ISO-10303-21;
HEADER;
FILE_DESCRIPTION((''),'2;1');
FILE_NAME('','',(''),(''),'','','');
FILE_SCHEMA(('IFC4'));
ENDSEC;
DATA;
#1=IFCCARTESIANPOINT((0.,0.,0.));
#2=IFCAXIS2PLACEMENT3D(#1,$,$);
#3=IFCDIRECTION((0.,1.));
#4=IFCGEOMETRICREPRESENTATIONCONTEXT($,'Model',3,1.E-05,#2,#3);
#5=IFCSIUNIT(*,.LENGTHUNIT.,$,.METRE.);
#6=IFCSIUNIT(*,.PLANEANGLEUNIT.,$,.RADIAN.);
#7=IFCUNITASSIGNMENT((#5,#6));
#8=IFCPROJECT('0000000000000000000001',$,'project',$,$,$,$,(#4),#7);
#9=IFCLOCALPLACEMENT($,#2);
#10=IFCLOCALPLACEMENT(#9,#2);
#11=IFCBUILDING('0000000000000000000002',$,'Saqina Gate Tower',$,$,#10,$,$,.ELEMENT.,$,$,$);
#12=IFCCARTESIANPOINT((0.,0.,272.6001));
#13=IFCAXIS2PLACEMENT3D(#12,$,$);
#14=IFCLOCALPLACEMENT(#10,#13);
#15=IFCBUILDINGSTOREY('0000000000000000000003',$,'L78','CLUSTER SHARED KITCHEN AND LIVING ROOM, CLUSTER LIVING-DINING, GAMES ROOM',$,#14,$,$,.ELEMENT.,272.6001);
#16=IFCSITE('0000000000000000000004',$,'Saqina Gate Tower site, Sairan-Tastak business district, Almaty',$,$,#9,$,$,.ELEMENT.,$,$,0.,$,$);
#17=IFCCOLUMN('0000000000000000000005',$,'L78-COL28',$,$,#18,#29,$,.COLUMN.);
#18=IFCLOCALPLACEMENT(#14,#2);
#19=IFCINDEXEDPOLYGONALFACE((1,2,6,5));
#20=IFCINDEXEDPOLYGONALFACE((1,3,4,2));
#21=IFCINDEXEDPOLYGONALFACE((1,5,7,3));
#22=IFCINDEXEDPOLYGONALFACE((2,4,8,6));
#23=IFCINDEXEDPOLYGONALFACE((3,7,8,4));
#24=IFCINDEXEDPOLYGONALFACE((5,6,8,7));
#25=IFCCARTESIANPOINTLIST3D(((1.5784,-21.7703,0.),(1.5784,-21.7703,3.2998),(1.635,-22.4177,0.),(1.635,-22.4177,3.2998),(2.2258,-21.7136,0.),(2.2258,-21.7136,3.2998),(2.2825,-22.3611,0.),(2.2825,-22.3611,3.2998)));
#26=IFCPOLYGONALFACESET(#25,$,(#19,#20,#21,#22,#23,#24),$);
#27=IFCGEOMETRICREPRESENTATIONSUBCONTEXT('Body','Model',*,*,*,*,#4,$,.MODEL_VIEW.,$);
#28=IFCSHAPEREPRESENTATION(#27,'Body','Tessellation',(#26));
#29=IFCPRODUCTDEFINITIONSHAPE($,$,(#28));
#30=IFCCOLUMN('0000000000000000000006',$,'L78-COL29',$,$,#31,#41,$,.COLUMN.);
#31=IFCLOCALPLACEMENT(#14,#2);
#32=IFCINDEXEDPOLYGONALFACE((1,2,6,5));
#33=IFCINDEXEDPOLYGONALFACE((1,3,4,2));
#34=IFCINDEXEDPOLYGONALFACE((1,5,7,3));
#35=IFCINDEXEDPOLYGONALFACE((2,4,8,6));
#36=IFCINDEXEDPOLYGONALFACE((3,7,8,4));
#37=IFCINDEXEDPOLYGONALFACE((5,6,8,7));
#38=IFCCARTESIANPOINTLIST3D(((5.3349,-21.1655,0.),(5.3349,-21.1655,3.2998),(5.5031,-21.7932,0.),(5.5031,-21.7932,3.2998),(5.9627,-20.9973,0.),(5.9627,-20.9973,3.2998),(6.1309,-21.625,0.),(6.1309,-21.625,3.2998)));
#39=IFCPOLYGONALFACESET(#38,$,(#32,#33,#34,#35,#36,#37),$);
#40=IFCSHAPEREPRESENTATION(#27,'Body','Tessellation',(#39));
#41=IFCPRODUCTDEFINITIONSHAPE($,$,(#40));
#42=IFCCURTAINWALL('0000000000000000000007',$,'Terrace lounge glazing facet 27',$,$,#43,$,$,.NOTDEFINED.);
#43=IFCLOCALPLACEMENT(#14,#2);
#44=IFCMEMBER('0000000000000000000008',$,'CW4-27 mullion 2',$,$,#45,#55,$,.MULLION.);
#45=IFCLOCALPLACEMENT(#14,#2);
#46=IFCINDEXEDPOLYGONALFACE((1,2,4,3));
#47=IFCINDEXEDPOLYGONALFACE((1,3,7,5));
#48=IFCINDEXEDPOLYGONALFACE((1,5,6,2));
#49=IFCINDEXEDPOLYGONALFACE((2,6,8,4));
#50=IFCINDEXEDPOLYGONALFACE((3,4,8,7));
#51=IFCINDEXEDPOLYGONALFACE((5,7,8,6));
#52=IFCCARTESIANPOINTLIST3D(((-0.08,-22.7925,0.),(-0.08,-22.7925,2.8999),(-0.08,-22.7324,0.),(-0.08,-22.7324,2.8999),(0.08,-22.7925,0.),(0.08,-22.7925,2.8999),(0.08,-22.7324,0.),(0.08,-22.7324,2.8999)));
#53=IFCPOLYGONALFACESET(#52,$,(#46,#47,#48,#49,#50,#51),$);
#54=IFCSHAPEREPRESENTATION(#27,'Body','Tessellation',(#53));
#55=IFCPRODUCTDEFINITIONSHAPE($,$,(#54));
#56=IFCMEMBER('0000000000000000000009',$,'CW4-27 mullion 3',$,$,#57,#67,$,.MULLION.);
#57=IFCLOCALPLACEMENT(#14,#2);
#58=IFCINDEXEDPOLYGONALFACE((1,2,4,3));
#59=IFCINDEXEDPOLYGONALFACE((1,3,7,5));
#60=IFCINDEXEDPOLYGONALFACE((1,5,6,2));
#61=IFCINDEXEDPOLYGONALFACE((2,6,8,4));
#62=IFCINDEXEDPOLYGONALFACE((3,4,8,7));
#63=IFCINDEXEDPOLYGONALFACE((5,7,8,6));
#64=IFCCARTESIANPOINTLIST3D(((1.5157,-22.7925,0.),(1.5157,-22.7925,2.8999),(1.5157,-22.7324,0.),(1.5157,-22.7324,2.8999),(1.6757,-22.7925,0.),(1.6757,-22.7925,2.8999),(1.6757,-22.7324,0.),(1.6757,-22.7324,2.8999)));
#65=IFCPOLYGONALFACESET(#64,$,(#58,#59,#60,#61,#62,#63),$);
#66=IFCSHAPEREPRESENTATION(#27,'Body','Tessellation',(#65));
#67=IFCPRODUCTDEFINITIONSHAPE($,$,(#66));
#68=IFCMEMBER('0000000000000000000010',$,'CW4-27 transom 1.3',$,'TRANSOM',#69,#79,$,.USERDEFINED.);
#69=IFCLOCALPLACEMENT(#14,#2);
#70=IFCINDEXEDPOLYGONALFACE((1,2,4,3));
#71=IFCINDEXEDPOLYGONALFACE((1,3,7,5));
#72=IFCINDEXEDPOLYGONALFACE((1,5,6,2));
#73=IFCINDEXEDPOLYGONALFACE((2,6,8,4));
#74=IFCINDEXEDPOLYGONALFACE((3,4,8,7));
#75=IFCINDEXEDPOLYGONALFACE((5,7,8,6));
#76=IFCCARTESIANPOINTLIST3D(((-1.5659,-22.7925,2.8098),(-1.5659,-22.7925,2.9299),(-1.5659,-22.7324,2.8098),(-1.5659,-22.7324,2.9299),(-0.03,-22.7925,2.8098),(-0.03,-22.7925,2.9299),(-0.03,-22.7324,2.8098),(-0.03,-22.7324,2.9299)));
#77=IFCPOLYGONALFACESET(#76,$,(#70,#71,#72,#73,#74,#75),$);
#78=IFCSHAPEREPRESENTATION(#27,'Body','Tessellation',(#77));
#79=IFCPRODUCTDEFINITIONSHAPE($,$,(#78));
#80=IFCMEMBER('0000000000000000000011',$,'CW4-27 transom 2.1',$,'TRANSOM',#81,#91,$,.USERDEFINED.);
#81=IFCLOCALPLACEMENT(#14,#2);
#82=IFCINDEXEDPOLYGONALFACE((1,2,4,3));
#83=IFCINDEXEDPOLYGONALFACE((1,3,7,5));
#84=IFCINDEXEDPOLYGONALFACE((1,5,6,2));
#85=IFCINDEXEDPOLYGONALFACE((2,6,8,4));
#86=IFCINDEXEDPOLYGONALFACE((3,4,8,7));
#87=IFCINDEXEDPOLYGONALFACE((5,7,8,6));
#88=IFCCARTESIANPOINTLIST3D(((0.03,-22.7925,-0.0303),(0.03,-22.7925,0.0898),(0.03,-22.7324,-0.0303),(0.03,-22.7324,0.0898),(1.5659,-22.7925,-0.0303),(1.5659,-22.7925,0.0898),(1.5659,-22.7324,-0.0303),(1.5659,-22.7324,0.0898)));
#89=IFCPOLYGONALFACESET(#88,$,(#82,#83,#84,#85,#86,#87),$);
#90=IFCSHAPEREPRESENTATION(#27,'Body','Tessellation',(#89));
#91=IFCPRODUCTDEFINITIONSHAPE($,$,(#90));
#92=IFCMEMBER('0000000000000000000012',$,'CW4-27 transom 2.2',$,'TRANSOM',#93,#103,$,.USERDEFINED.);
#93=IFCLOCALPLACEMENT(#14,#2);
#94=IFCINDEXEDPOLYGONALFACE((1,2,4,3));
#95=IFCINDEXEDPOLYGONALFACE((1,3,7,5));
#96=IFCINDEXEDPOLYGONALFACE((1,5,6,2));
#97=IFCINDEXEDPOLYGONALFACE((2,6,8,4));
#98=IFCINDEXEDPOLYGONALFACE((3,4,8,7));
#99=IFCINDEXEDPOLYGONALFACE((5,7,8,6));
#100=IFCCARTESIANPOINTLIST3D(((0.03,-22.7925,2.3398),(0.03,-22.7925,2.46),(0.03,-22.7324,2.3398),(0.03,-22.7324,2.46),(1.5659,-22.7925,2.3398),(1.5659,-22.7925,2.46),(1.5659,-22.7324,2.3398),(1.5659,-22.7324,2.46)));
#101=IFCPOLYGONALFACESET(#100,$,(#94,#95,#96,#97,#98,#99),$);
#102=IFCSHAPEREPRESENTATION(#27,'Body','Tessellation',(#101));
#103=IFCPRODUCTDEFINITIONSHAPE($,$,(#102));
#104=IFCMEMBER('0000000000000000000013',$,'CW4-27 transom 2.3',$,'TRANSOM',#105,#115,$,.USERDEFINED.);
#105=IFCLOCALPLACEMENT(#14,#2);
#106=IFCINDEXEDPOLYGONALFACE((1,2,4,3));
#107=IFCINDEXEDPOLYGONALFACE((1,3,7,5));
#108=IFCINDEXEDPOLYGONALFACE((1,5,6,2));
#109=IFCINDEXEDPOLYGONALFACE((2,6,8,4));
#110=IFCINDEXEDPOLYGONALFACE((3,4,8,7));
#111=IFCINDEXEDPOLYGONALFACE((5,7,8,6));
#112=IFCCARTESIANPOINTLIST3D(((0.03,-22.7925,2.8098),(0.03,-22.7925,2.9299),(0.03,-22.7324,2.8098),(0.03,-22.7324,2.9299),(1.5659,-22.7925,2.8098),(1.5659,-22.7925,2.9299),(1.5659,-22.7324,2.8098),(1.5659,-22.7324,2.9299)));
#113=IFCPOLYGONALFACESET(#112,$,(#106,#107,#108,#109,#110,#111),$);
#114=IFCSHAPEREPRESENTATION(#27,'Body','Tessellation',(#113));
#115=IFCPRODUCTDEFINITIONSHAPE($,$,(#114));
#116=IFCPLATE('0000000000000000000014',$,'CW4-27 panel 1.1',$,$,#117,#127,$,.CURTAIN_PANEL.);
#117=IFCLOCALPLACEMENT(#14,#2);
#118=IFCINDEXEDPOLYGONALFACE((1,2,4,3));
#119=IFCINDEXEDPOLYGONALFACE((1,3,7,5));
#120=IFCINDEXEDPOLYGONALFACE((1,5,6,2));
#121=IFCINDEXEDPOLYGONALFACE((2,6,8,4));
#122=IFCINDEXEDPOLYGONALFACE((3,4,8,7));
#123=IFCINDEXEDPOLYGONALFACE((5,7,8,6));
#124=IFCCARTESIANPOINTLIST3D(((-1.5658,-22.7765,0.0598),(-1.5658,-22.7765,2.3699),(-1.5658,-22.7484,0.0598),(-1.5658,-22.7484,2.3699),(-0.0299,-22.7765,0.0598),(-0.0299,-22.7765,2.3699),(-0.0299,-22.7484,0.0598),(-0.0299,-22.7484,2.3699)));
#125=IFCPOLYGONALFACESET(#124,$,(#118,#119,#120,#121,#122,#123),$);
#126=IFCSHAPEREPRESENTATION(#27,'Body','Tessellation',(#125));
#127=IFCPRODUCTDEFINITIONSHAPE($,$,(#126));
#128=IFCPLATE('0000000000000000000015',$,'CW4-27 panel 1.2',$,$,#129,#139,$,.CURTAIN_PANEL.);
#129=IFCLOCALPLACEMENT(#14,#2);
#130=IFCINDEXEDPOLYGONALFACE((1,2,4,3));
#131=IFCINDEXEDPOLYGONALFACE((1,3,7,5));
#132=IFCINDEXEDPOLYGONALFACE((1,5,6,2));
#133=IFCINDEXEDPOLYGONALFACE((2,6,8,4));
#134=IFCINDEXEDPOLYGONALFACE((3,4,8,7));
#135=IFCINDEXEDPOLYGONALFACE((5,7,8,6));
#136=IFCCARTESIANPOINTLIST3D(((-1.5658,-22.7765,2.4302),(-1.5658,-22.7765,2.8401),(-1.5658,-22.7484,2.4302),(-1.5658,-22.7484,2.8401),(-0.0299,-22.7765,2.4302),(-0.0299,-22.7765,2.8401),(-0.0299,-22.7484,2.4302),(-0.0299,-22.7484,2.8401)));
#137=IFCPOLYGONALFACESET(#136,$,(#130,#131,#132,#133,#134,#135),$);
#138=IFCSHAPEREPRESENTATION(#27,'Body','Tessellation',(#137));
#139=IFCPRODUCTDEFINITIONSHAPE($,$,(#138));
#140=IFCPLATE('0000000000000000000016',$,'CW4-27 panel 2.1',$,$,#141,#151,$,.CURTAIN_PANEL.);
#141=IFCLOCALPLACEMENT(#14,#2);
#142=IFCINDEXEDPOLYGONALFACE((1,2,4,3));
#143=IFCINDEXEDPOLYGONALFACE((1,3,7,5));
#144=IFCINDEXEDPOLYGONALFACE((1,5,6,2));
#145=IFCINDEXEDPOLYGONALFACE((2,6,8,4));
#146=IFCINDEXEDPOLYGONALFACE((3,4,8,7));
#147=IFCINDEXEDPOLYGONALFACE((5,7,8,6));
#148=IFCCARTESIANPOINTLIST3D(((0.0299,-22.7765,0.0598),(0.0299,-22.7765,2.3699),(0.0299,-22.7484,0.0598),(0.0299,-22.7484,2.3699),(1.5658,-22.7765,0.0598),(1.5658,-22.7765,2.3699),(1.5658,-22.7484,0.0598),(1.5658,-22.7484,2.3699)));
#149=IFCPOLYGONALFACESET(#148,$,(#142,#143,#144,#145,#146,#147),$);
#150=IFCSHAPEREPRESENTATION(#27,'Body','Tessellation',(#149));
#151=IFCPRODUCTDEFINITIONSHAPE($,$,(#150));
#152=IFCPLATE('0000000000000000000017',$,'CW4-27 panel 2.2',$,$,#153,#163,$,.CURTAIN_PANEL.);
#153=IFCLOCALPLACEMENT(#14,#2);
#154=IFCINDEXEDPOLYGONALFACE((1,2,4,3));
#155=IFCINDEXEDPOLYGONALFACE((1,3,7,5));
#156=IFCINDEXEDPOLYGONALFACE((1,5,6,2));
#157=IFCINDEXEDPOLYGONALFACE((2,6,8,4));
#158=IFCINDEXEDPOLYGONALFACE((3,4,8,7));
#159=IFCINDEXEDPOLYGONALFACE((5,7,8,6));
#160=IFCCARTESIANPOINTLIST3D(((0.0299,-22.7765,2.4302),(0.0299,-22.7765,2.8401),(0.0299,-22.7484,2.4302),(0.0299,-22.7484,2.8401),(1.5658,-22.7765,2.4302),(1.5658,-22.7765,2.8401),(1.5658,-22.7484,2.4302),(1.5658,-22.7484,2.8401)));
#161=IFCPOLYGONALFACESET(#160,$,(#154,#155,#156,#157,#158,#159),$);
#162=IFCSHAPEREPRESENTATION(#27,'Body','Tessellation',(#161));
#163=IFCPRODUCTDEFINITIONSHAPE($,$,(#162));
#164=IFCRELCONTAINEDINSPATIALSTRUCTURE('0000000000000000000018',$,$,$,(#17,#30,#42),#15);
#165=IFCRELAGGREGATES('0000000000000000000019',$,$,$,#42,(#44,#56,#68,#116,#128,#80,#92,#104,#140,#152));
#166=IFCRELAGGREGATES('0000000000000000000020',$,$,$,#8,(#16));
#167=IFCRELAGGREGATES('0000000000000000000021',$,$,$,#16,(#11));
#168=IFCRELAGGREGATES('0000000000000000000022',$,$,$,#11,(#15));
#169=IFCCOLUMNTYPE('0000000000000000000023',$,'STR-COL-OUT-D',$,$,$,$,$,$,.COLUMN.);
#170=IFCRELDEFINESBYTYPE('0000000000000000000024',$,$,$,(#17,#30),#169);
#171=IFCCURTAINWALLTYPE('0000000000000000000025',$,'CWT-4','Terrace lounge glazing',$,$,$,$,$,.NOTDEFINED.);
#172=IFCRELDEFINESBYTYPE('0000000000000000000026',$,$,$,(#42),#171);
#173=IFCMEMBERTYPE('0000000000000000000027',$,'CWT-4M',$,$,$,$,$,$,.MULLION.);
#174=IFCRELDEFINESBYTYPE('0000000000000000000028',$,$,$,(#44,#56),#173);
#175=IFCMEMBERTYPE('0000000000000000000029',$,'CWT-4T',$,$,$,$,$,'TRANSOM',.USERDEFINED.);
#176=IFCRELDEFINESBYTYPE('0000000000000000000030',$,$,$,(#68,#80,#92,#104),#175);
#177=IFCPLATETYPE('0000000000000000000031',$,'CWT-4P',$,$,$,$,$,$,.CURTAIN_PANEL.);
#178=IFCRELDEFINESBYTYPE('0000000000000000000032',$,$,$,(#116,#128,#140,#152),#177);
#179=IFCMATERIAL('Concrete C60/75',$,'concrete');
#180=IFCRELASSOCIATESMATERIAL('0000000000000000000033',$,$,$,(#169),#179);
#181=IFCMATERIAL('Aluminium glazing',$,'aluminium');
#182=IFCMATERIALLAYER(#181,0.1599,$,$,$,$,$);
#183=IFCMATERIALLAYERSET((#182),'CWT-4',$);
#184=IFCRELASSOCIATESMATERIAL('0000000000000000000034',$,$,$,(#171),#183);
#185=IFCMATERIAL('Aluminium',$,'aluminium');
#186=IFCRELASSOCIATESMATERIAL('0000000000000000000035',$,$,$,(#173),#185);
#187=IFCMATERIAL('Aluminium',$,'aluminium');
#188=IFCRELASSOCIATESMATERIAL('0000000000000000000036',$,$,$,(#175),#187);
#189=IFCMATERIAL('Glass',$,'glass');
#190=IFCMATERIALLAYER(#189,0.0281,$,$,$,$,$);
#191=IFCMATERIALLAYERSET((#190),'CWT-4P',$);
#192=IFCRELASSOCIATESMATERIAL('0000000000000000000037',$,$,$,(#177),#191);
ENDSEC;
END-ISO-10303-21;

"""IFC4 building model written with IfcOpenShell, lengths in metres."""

from ifc_helpers import new_model, si_unit, direction, frame, origin, origin_2d, place, context, subcontext, project, spatial, rectangle, extrude, material, layer, layer_set, material_profile, profile_set, type_object, element, aggregate, save


model = new_model("IFC4")

# Units and contexts
model_context = context("Model", 3, precision=1e-05, world=origin(), true_north=direction((0.0, 1.0)))
body_context = subcontext(model_context, "Body", "Model", "MODEL_VIEW")
ifc_project = project(units=[si_unit("LENGTHUNIT", "METRE"), si_unit("PLANEANGLEUNIT", "RADIAN")], contexts=[model_context])

# Site, building, storey
site_placement = place(None, origin())
site = spatial("IfcSite", under=ifc_project, at=site_placement, Name="Saqina Gate Tower site, Sairan-Tastak business district, Almaty", CompositionType="ELEMENT", RefElevation=0.0)
building_placement = place(site_placement, origin())
building = spatial("IfcBuilding", under=site, at=building_placement, Name="Saqina Gate Tower", CompositionType="ELEMENT")
storey_placement = place(building_placement, frame((0.0, 0.0, 272.6001)))
storey = spatial("IfcBuildingStorey", under=building, at=storey_placement, Name="L78", Description="CLUSTER SHARED KITCHEN AND LIVING ROOM, CLUSTER LIVING-DINING, GAMES ROOM", CompositionType="ELEMENT", Elevation=272.6001)

# Columns
ifc_material_1 = material(Name="Concrete C60/75", Category="concrete")
ifc_material_profile_1 = material_profile(ifc_material_1, rectangle(XDim=0.6499, YDim=0.6499, at=origin_2d()), Name="RC 650x650")
ifc_profile_set_1 = profile_set([ifc_material_profile_1], Name="Concrete C60/75")
column_type = type_object("IfcColumnType", Name="STR-COL-OUT-D", PredefinedType="COLUMN", material=ifc_profile_set_1)
for number, where, z_axis, x_axis, name in (
    (1, (1.9304, -22.0657, 0.0), (0.0, 0.0, 1.0), (0.087156, -0.996195, 0.0), "L78-COL28"),
    (2, (5.7329, -21.3953, 0.0), (0.0, 0.0, 1.0), (0.258819, -0.965926, 0.0), "L78-COL29"),
):
    element("IfcColumn", number, at=place(storey_placement, frame(where, z_axis=z_axis, x_axis=x_axis)), inside=storey, type_object=column_type, Name=name, PredefinedType="COLUMN", context=body_context, shape_type="SweptSolid", body=[
        extrude(rectangle(XDim=0.6499, YDim=0.6499, at=origin_2d()), origin(), (0.0, 0.0, 1.0), 3.2998),
    ])

# Curtain wall, members, plates
ifc_material_2 = material(Name="Aluminium glazing", Category="aluminium")
ifc_layer_1 = layer(ifc_material_2, 0.1599)
ifc_layer_set_1 = layer_set([ifc_layer_1], Name="CWT-4")
curtain_wall_type = type_object("IfcCurtainWallType", Name="CWT-4", Description="Terrace lounge glazing", PredefinedType="NOTDEFINED", material=ifc_layer_set_1)
curtain_wall_placement = place(storey_placement, origin())
curtain_wall = element("IfcCurtainWall", 3, at=curtain_wall_placement, inside=storey, type_object=curtain_wall_type, Name="Terrace lounge glazing facet 27", PredefinedType="NOTDEFINED")
ifc_material_3 = material(Name="Aluminium", Category="aluminium")
ifc_material_profile_2 = material_profile(ifc_material_3, rectangle(XDim=0.0601, YDim=0.1599, at=origin_2d()), Name="Aluminium 60x160")
ifc_profile_set_2 = profile_set([ifc_material_profile_2], Name="Aluminium")
member_type_1 = type_object("IfcMemberType", Name="CWT-4M", PredefinedType="MULLION", material=ifc_profile_set_2)
member_1_placement = place(storey_placement, frame((0.0, -22.7625, 0.0), z_axis=(0.0, 0.0, 1.0), x_axis=(0.0, 1.0, 0.0)))
member_1 = element("IfcMember", 4, at=member_1_placement, type_object=member_type_1, Name="CW4-27 mullion 2", PredefinedType="MULLION", context=body_context, shape_type="SweptSolid", body=[
    extrude(rectangle(XDim=0.0601, YDim=0.1599, at=origin_2d()), origin(), (0.0, 0.0, 1.0), 2.8999),
])
member_2_placement = place(storey_placement, frame((1.5957, -22.7625, 0.0), z_axis=(0.0, 0.0, 1.0), x_axis=(0.0, 1.0, 0.0)))
member_2 = element("IfcMember", 5, at=member_2_placement, type_object=member_type_1, Name="CW4-27 mullion 3", PredefinedType="MULLION", context=body_context, shape_type="SweptSolid", body=[
    extrude(rectangle(XDim=0.0601, YDim=0.1599, at=origin_2d()), origin(), (0.0, 0.0, 1.0), 2.8999),
])
ifc_material_4 = material(Name="Aluminium", Category="aluminium")
ifc_material_profile_3 = material_profile(ifc_material_4, rectangle(XDim=0.0601, YDim=0.1201, at=origin_2d()), Name="Aluminium 60x120")
ifc_profile_set_3 = profile_set([ifc_material_profile_3], Name="Aluminium")
member_type_2 = type_object("IfcMemberType", Name="CWT-4T", ElementType="TRANSOM", PredefinedType="USERDEFINED", material=ifc_profile_set_3)
member_3_placement = place(storey_placement, frame((-1.5659, -22.7625, 2.8699), z_axis=(1.0, 0.0, 0.0), x_axis=(0.0, 1.0, 0.0)))
member_3 = element("IfcMember", 6, at=member_3_placement, type_object=member_type_2, Name="CW4-27 transom 1.3", ObjectType="TRANSOM", PredefinedType="USERDEFINED", context=body_context, shape_type="SweptSolid", body=[
    extrude(rectangle(XDim=0.0601, YDim=0.1201, at=origin_2d()), origin(), (0.0, 0.0, 1.0), 1.5359),
])
member_4_placement = place(storey_placement, frame((0.03, -22.7625, 0.0298), z_axis=(1.0, 0.0, 0.0), x_axis=(0.0, 1.0, 0.0)))
member_4 = element("IfcMember", 7, at=member_4_placement, type_object=member_type_2, Name="CW4-27 transom 2.1", ObjectType="TRANSOM", PredefinedType="USERDEFINED", context=body_context, shape_type="SweptSolid", body=[
    extrude(rectangle(XDim=0.0601, YDim=0.1201, at=origin_2d()), origin(), (0.0, 0.0, 1.0), 1.5359),
])
member_5_placement = place(storey_placement, frame((0.03, -22.7625, 2.3999), z_axis=(1.0, 0.0, 0.0), x_axis=(0.0, 1.0, 0.0)))
member_5 = element("IfcMember", 8, at=member_5_placement, type_object=member_type_2, Name="CW4-27 transom 2.2", ObjectType="TRANSOM", PredefinedType="USERDEFINED", context=body_context, shape_type="SweptSolid", body=[
    extrude(rectangle(XDim=0.0601, YDim=0.1201, at=origin_2d()), origin(), (0.0, 0.0, 1.0), 1.5359),
])
member_6_placement = place(storey_placement, frame((0.03, -22.7625, 2.8699), z_axis=(1.0, 0.0, 0.0), x_axis=(0.0, 1.0, 0.0)))
member_6 = element("IfcMember", 9, at=member_6_placement, type_object=member_type_2, Name="CW4-27 transom 2.3", ObjectType="TRANSOM", PredefinedType="USERDEFINED", context=body_context, shape_type="SweptSolid", body=[
    extrude(rectangle(XDim=0.0601, YDim=0.1201, at=origin_2d()), origin(), (0.0, 0.0, 1.0), 1.5359),
])
ifc_material_5 = material(Name="Glass", Category="glass")
ifc_layer_2 = layer(ifc_material_5, 0.0281)
ifc_layer_set_2 = layer_set([ifc_layer_2], Name="CWT-4P")
plate_type = type_object("IfcPlateType", Name="CWT-4P", PredefinedType="CURTAIN_PANEL", material=ifc_layer_set_2)
plate_1_placement = place(storey_placement, frame((-0.7979, -22.7625, 0.0598), z_axis=(0.0, 0.0, 1.0), x_axis=(1.0, 0.0, 0.0)))
plate_1 = element("IfcPlate", 10, at=plate_1_placement, type_object=plate_type, Name="CW4-27 panel 1.1", PredefinedType="CURTAIN_PANEL", context=body_context, shape_type="SweptSolid", body=[
    extrude(rectangle(XDim=1.5359, YDim=0.0281, at=origin_2d()), origin(), (0.0, 0.0, 1.0), 2.3101),
])
plate_2_placement = place(storey_placement, frame((-0.7979, -22.7625, 2.4302), z_axis=(0.0, 0.0, 1.0), x_axis=(1.0, 0.0, 0.0)))
plate_2 = element("IfcPlate", 11, at=plate_2_placement, type_object=plate_type, Name="CW4-27 panel 1.2", PredefinedType="CURTAIN_PANEL", context=body_context, shape_type="SweptSolid", body=[
    extrude(rectangle(XDim=1.5359, YDim=0.0281, at=origin_2d()), origin(), (0.0, 0.0, 1.0), 0.4099),
])
plate_3_placement = place(storey_placement, frame((0.7979, -22.7625, 0.0598), z_axis=(0.0, 0.0, 1.0), x_axis=(1.0, 0.0, 0.0)))
plate_3 = element("IfcPlate", 12, at=plate_3_placement, type_object=plate_type, Name="CW4-27 panel 2.1", PredefinedType="CURTAIN_PANEL", context=body_context, shape_type="SweptSolid", body=[
    extrude(rectangle(XDim=1.5359, YDim=0.0281, at=origin_2d()), origin(), (0.0, 0.0, 1.0), 2.3101),
])
plate_4_placement = place(storey_placement, frame((0.7979, -22.7625, 2.4302), z_axis=(0.0, 0.0, 1.0), x_axis=(1.0, 0.0, 0.0)))
plate_4 = element("IfcPlate", 13, at=plate_4_placement, type_object=plate_type, Name="CW4-27 panel 2.2", PredefinedType="CURTAIN_PANEL", context=body_context, shape_type="SweptSolid", body=[
    extrude(rectangle(XDim=1.5359, YDim=0.0281, at=origin_2d()), origin(), (0.0, 0.0, 1.0), 0.4099),
])
aggregate(curtain_wall, [member_1, member_2, member_3, plate_1, plate_2, member_4, member_5, member_6, plate_3, plate_4])

save(model, "model.ifc")
